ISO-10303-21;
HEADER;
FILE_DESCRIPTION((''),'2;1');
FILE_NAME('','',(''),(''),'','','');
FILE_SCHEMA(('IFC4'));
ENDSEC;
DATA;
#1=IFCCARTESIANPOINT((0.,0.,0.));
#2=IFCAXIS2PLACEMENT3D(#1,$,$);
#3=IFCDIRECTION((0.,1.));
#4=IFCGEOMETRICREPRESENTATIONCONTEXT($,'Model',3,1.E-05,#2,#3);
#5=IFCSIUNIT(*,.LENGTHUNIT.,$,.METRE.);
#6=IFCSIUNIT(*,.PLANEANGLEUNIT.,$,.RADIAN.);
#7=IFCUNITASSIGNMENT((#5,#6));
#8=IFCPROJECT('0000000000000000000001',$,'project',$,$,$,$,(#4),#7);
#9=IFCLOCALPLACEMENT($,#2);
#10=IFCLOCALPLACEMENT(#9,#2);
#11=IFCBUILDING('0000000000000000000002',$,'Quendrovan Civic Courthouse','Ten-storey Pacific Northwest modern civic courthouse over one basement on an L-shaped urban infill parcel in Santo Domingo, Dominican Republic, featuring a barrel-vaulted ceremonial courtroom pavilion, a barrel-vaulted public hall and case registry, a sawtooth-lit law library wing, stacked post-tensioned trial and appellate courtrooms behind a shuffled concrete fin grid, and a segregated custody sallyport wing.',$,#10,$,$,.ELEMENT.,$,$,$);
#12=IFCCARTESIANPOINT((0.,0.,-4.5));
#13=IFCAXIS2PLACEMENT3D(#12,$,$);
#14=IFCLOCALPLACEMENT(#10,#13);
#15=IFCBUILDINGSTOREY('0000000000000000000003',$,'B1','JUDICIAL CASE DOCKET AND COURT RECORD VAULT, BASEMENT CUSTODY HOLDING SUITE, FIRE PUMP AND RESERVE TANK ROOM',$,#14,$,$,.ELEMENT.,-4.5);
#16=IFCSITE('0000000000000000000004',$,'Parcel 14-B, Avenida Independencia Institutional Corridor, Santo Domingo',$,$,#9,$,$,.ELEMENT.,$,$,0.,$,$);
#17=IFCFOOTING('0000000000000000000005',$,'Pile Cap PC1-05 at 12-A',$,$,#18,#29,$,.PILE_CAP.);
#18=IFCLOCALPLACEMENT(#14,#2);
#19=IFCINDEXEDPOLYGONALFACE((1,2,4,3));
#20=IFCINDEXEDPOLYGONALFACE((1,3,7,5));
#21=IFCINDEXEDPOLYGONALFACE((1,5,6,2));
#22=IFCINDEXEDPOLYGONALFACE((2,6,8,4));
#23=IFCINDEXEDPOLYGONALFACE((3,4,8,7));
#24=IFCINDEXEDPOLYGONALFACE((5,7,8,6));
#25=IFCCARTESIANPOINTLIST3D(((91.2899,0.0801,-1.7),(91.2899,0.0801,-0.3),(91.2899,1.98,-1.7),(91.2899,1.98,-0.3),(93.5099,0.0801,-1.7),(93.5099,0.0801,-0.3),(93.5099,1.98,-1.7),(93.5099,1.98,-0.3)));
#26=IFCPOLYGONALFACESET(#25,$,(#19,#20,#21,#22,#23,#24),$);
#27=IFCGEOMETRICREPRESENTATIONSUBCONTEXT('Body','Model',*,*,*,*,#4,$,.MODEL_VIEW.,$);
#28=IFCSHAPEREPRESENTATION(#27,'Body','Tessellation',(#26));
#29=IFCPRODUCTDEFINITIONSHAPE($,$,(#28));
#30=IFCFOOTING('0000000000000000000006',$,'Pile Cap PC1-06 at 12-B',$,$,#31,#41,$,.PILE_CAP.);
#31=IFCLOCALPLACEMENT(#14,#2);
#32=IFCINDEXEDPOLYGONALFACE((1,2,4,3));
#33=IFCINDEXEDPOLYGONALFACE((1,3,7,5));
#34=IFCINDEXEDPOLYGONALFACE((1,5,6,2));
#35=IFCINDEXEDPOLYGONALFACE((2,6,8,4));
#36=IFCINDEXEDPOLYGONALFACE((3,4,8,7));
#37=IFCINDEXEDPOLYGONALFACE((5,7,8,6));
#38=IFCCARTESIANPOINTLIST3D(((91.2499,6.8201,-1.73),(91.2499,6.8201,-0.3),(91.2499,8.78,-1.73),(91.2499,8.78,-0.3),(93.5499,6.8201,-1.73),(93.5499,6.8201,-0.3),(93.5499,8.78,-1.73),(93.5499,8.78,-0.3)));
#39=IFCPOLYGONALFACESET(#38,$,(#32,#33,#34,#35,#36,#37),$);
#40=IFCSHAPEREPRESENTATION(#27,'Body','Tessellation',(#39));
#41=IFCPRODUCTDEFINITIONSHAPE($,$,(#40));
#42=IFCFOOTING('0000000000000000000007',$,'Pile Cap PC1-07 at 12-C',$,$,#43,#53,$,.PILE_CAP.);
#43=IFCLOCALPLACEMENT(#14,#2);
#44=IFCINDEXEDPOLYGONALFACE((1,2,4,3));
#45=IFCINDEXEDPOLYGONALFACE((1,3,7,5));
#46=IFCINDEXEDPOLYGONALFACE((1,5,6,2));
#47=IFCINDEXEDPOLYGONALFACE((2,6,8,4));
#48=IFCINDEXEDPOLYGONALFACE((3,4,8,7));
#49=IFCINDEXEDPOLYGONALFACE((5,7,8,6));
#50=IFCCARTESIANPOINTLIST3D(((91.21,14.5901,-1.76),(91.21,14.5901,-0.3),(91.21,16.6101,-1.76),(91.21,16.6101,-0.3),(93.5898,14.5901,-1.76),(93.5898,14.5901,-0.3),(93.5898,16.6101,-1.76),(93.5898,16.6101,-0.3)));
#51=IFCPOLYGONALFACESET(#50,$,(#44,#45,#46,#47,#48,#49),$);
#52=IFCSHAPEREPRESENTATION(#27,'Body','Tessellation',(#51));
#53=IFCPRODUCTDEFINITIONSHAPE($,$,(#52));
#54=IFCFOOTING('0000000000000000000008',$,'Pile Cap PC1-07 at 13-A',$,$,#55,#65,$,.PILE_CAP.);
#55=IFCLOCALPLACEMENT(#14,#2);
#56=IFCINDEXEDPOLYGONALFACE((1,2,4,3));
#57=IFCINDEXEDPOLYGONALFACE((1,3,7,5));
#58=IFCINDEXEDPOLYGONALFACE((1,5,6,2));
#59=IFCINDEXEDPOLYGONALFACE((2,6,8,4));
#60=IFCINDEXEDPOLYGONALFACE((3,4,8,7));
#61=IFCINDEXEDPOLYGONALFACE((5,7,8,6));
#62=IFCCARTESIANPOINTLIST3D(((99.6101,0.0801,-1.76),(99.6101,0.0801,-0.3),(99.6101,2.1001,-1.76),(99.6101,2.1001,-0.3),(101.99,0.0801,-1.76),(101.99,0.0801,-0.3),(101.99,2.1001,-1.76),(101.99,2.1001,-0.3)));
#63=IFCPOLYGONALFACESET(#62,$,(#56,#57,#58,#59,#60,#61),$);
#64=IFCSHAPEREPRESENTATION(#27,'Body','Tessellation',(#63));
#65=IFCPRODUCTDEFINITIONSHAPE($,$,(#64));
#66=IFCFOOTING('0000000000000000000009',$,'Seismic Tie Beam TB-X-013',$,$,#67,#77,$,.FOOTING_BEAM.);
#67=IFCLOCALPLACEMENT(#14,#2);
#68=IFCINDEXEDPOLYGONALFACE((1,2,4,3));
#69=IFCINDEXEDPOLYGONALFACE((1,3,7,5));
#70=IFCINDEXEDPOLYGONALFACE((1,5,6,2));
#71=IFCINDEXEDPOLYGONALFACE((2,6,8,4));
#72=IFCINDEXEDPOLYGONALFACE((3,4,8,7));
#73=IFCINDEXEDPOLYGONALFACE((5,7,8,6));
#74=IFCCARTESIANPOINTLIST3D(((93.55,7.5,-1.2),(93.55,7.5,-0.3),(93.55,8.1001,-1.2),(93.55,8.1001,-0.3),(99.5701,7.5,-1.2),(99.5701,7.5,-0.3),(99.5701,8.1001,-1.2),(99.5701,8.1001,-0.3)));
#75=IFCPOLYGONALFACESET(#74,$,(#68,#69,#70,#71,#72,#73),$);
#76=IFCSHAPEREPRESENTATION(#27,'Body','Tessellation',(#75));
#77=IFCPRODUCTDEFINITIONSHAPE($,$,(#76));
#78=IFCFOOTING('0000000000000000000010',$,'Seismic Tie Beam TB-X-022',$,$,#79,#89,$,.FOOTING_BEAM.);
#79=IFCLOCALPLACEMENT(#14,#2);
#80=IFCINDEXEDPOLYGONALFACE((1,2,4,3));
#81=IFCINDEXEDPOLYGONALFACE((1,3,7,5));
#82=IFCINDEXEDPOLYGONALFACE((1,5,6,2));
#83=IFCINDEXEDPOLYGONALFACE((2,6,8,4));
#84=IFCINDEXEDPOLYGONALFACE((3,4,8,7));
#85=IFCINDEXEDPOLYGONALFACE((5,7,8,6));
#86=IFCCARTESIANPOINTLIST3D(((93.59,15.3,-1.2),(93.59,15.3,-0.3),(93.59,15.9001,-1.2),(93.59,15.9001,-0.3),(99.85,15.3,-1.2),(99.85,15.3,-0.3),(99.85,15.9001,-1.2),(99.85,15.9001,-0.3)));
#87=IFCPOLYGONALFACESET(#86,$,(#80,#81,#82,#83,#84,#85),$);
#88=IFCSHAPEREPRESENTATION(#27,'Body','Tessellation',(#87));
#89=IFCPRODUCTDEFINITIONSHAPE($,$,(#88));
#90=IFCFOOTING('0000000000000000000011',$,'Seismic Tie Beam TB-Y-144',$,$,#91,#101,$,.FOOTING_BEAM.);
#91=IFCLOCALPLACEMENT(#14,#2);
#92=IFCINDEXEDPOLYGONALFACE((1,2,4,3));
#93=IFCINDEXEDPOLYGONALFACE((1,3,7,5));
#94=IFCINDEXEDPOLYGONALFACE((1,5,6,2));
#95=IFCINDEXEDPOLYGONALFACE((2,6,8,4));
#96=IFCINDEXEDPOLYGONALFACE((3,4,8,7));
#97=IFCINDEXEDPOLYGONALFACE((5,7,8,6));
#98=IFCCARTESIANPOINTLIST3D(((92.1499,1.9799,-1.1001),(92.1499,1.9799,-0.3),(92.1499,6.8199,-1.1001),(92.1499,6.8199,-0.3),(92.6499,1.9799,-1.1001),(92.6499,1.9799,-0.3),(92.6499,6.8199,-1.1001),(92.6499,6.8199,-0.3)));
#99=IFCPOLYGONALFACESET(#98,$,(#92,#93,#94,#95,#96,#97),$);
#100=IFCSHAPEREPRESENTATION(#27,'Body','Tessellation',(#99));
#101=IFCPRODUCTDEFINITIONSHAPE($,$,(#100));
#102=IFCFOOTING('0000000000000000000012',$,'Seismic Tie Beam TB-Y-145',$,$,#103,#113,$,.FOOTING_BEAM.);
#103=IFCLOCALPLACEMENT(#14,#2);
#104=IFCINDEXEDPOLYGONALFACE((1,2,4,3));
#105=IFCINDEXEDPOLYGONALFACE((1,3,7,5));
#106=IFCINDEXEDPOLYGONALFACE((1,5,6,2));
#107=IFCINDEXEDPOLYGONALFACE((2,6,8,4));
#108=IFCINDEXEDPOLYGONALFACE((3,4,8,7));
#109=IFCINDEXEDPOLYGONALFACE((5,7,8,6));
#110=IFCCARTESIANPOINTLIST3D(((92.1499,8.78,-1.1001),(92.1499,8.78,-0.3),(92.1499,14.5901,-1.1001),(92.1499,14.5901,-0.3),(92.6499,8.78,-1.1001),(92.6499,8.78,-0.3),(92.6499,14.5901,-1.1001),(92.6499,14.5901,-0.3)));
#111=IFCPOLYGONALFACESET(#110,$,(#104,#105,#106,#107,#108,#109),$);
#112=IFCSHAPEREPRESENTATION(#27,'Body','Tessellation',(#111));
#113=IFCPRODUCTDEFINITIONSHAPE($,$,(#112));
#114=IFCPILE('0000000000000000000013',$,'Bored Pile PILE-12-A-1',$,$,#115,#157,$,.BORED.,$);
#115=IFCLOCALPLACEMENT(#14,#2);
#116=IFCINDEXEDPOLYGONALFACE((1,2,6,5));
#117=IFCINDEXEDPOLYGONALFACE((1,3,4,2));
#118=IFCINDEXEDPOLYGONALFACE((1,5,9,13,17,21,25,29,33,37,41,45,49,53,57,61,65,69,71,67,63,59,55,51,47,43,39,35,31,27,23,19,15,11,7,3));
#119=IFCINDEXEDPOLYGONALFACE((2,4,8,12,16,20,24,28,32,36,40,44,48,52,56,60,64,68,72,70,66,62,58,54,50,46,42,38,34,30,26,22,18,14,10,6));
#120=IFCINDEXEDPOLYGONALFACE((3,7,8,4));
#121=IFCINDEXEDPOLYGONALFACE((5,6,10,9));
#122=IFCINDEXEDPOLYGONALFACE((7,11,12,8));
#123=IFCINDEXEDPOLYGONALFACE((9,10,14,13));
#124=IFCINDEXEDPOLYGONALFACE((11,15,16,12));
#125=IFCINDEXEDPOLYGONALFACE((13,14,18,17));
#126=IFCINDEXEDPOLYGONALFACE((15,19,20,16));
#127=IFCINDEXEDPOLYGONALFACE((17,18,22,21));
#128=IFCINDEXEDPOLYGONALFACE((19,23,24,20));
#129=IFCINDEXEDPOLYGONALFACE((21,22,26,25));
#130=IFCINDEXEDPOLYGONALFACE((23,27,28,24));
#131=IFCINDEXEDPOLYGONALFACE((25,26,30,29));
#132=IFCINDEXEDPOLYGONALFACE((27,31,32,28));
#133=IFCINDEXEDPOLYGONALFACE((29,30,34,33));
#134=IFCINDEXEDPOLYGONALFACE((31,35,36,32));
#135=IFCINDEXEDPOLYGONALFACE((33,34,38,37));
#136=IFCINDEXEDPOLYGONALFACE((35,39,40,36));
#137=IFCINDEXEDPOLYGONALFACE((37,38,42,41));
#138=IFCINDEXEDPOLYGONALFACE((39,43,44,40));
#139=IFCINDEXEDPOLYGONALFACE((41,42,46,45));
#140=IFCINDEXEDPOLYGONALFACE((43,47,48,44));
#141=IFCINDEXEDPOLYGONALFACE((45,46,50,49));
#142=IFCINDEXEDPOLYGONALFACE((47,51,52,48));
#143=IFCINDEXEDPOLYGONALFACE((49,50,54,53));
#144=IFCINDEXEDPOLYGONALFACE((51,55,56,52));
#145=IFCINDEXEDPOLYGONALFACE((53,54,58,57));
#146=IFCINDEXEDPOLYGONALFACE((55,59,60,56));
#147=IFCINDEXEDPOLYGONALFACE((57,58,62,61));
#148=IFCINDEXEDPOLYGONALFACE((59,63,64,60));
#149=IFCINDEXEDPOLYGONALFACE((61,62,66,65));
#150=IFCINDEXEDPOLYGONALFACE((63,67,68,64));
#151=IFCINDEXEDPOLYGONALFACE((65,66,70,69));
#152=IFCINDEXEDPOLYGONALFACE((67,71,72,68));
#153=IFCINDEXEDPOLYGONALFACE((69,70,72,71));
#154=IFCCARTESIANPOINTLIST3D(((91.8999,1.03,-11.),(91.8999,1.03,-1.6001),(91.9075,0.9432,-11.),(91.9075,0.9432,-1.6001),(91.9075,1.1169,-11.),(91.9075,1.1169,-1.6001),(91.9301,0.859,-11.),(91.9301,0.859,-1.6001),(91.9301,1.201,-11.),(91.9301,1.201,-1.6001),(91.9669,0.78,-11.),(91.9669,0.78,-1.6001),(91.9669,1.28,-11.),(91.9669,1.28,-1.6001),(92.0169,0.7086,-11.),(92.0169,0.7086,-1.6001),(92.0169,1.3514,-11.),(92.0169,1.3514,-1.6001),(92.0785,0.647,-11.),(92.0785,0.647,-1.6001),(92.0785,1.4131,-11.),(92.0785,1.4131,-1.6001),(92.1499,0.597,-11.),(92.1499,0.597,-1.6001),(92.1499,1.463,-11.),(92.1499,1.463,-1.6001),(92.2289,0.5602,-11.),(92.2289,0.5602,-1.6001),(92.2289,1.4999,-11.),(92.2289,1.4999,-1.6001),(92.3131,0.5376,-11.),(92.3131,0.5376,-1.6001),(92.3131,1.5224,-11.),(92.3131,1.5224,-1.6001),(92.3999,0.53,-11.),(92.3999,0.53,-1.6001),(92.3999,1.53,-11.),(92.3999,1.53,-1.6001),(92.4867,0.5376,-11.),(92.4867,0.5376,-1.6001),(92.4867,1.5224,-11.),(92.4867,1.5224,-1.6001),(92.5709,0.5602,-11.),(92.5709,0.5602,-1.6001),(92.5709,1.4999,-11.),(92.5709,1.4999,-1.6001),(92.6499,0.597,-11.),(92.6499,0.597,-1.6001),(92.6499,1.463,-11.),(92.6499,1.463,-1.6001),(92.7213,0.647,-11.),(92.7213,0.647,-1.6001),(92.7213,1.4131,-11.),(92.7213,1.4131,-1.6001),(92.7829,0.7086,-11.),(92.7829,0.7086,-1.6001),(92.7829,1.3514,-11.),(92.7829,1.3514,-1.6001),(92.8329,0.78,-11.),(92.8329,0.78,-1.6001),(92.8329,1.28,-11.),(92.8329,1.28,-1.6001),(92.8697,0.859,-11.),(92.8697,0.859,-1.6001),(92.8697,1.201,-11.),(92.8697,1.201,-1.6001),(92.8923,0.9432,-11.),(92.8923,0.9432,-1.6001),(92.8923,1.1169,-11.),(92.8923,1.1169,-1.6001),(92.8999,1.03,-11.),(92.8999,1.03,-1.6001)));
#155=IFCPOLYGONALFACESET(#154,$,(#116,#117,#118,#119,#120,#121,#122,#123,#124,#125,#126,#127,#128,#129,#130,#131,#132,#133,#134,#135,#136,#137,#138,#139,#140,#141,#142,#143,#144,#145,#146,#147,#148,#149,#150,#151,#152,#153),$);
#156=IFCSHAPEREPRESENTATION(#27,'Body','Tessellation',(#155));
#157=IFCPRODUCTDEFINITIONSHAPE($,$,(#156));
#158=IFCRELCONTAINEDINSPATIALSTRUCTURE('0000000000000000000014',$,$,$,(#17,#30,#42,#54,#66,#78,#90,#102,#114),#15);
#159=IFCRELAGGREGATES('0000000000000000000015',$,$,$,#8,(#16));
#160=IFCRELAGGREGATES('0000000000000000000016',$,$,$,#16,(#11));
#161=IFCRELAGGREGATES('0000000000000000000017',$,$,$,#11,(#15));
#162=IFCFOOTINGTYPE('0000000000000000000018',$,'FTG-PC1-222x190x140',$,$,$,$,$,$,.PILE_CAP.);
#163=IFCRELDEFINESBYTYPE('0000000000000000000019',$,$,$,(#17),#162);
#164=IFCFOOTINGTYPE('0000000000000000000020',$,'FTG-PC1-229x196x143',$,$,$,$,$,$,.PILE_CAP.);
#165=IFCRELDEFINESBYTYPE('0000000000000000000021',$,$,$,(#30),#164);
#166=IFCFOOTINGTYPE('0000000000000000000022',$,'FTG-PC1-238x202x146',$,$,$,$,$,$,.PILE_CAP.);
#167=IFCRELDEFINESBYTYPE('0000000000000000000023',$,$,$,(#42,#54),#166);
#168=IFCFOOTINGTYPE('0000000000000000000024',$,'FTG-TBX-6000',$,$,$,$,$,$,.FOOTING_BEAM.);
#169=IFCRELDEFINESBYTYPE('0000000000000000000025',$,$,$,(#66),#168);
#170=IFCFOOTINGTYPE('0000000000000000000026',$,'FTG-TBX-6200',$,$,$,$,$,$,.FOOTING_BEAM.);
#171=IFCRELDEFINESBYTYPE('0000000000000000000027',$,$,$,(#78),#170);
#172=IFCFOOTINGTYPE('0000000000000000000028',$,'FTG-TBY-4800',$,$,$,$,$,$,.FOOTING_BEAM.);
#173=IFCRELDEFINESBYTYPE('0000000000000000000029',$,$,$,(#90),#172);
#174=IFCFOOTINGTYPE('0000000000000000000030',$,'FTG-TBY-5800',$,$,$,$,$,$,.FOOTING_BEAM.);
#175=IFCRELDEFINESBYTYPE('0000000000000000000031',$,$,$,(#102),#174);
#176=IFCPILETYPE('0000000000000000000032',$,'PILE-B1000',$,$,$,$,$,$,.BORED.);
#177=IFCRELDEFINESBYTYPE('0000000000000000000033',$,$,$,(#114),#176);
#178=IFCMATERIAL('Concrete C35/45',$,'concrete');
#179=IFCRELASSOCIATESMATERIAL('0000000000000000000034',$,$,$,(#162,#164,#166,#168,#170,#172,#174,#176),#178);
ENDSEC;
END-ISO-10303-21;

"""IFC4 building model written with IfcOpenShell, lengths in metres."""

from ifc_helpers import new_model, si_unit, direction, frame, origin, origin_2d, place, context, subcontext, project, spatial, rectangle, circle, extrude, material, material_profile, profile_set, type_object, element, save


model = new_model("IFC4")

# Units and contexts
model_context = context("Model", 3, precision=1e-05, world=origin(), true_north=direction((0.0, 1.0)))
body_context = subcontext(model_context, "Body", "Model", "MODEL_VIEW")
ifc_project = project(units=[si_unit("LENGTHUNIT", "METRE"), si_unit("PLANEANGLEUNIT", "RADIAN")], contexts=[model_context])

# Site, building, storey
site_placement = place(None, origin())
site = spatial("IfcSite", under=ifc_project, at=site_placement, Name="Parcel 14-B, Avenida Independencia Institutional Corridor, Santo Domingo", CompositionType="ELEMENT", RefElevation=0.0)
building_placement = place(site_placement, origin())
building = spatial("IfcBuilding", under=site, at=building_placement, Name="Quendrovan Civic Courthouse", Description="Ten-storey Pacific Northwest modern civic courthouse over one basement on an L-shaped urban infill parcel in Santo Domingo, Dominican Republic, featuring a barrel-vaulted ceremonial courtroom pavilion, a barrel-vaulted public hall and case registry, a sawtooth-lit law library wing, stacked post-tensioned trial and appellate courtrooms behind a shuffled concrete fin grid, and a segregated custody sallyport wing.", CompositionType="ELEMENT")
storey_placement = place(building_placement, frame((0.0, 0.0, -4.5)))
storey = spatial("IfcBuildingStorey", under=building, at=storey_placement, Name="B1", Description="JUDICIAL CASE DOCKET AND COURT RECORD VAULT, BASEMENT CUSTODY HOLDING SUITE, FIRE PUMP AND RESERVE TANK ROOM", CompositionType="ELEMENT", Elevation=-4.5)

# Footings
ifc_material_1 = material(Name="Concrete C35/45", Category="concrete")
footing_type_1 = type_object("IfcFootingType", Name="FTG-PC1-222x190x140", PredefinedType="PILE_CAP", material=ifc_material_1)
footing_1_placement = place(storey_placement, frame((92.3999, 1.03, -1.7), z_axis=(0.0, 0.0, 1.0), x_axis=(1.0, 0.0, 0.0)))
element("IfcFooting", 1, at=footing_1_placement, inside=storey, type_object=footing_type_1, Name="Pile Cap PC1-05 at 12-A", PredefinedType="PILE_CAP", context=body_context, shape_type="SweptSolid", body=[
    extrude(rectangle(XDim=2.22, YDim=1.8999, at=origin_2d()), origin(), (0.0, 0.0, 1.0), 1.3999),
])
footing_type_2 = type_object("IfcFootingType", Name="FTG-PC1-229x196x143", PredefinedType="PILE_CAP", material=ifc_material_1)
footing_2_placement = place(storey_placement, frame((92.3999, 7.8, -1.73), z_axis=(0.0, 0.0, 1.0), x_axis=(1.0, 0.0, 0.0)))
element("IfcFooting", 2, at=footing_2_placement, inside=storey, type_object=footing_type_2, Name="Pile Cap PC1-06 at 12-B", PredefinedType="PILE_CAP", context=body_context, shape_type="SweptSolid", body=[
    extrude(rectangle(XDim=2.3, YDim=1.96, at=origin_2d()), origin(), (0.0, 0.0, 1.0), 1.4299),
])
footing_type_3 = type_object("IfcFootingType", Name="FTG-PC1-238x202x146", PredefinedType="PILE_CAP", material=ifc_material_1)
for number, where, z_axis, x_axis, name in (
    (3, (92.3999, 15.6001, -1.76), (0.0, 0.0, 1.0), (1.0, 0.0, 0.0), "Pile Cap PC1-07 at 12-C"),
    (4, (100.8, 1.0901, -1.76), (0.0, 0.0, 1.0), (1.0, 0.0, 0.0), "Pile Cap PC1-07 at 13-A"),
):
    element("IfcFooting", number, at=place(storey_placement, frame(where, z_axis=z_axis, x_axis=x_axis)), inside=storey, type_object=footing_type_3, Name=name, PredefinedType="PILE_CAP", context=body_context, shape_type="SweptSolid", body=[
        extrude(rectangle(XDim=2.3799, YDim=2.02, at=origin_2d()), origin(), (0.0, 0.0, 1.0), 1.46),
    ])
footing_type_4 = type_object("IfcFootingType", Name="FTG-TBX-6000", PredefinedType="FOOTING_BEAM", material=ifc_material_1)
footing_3_placement = place(storey_placement, frame((96.5601, 7.8, -1.2), z_axis=(0.0, 0.0, 1.0), x_axis=(1.0, 0.0, 0.0)))
element("IfcFooting", 5, at=footing_3_placement, inside=storey, type_object=footing_type_4, Name="Seismic Tie Beam TB-X-013", PredefinedType="FOOTING_BEAM", context=body_context, shape_type="SweptSolid", body=[
    extrude(rectangle(XDim=6.02, YDim=0.6001, at=origin_2d()), origin(), (0.0, 0.0, 1.0), 0.8999),
])
footing_type_5 = type_object("IfcFootingType", Name="FTG-TBX-6200", PredefinedType="FOOTING_BEAM", material=ifc_material_1)
footing_4_placement = place(storey_placement, frame((96.72, 15.6001, -1.2), z_axis=(0.0, 0.0, 1.0), x_axis=(1.0, 0.0, 0.0)))
element("IfcFooting", 6, at=footing_4_placement, inside=storey, type_object=footing_type_5, Name="Seismic Tie Beam TB-X-022", PredefinedType="FOOTING_BEAM", context=body_context, shape_type="SweptSolid", body=[
    extrude(rectangle(XDim=6.26, YDim=0.6001, at=origin_2d()), origin(), (0.0, 0.0, 1.0), 0.8999),
])
footing_type_6 = type_object("IfcFootingType", Name="FTG-TBY-4800", PredefinedType="FOOTING_BEAM", material=ifc_material_1)
footing_5_placement = place(storey_placement, frame((92.3999, 4.3999, -1.1001), z_axis=(0.0, 0.0, 1.0), x_axis=(1.0, 0.0, 0.0)))
element("IfcFooting", 7, at=footing_5_placement, inside=storey, type_object=footing_type_6, Name="Seismic Tie Beam TB-Y-144", PredefinedType="FOOTING_BEAM", context=body_context, shape_type="SweptSolid", body=[
    extrude(rectangle(XDim=0.5, YDim=4.8401, at=origin_2d()), origin(), (0.0, 0.0, 1.0), 0.8),
])
footing_type_7 = type_object("IfcFootingType", Name="FTG-TBY-5800", PredefinedType="FOOTING_BEAM", material=ifc_material_1)
footing_6_placement = place(storey_placement, frame((92.3999, 11.6851, -1.1001), z_axis=(0.0, 0.0, 1.0), x_axis=(1.0, 0.0, 0.0)))
element("IfcFooting", 8, at=footing_6_placement, inside=storey, type_object=footing_type_7, Name="Seismic Tie Beam TB-Y-145", PredefinedType="FOOTING_BEAM", context=body_context, shape_type="SweptSolid", body=[
    extrude(rectangle(XDim=0.5, YDim=5.8101, at=origin_2d()), origin(), (0.0, 0.0, 1.0), 0.8),
])

# Pile
ifc_material_profile_1 = material_profile(ifc_material_1, circle(Radius=0.5, at=origin_2d()), Name="PILE-D1000")
ifc_profile_set_1 = profile_set([ifc_material_profile_1], Name="Concrete C35/45")
pile_type = type_object("IfcPileType", Name="PILE-B1000", PredefinedType="BORED", material=ifc_profile_set_1)
pile_1_placement = place(storey_placement, frame((92.3999, 1.03, -1.6001), z_axis=(0.0, 0.0, -1.0), x_axis=(1.0, 0.0, 0.0)))
element("IfcPile", 9, at=pile_1_placement, inside=storey, type_object=pile_type, Name="Bored Pile PILE-12-A-1", PredefinedType="BORED", context=body_context, shape_type="SweptSolid", body=[
    extrude(circle(Radius=0.5, at=origin_2d()), origin(), (0.0, 0.0, 1.0), 9.3999),
])

save(model, "model.ifc")
